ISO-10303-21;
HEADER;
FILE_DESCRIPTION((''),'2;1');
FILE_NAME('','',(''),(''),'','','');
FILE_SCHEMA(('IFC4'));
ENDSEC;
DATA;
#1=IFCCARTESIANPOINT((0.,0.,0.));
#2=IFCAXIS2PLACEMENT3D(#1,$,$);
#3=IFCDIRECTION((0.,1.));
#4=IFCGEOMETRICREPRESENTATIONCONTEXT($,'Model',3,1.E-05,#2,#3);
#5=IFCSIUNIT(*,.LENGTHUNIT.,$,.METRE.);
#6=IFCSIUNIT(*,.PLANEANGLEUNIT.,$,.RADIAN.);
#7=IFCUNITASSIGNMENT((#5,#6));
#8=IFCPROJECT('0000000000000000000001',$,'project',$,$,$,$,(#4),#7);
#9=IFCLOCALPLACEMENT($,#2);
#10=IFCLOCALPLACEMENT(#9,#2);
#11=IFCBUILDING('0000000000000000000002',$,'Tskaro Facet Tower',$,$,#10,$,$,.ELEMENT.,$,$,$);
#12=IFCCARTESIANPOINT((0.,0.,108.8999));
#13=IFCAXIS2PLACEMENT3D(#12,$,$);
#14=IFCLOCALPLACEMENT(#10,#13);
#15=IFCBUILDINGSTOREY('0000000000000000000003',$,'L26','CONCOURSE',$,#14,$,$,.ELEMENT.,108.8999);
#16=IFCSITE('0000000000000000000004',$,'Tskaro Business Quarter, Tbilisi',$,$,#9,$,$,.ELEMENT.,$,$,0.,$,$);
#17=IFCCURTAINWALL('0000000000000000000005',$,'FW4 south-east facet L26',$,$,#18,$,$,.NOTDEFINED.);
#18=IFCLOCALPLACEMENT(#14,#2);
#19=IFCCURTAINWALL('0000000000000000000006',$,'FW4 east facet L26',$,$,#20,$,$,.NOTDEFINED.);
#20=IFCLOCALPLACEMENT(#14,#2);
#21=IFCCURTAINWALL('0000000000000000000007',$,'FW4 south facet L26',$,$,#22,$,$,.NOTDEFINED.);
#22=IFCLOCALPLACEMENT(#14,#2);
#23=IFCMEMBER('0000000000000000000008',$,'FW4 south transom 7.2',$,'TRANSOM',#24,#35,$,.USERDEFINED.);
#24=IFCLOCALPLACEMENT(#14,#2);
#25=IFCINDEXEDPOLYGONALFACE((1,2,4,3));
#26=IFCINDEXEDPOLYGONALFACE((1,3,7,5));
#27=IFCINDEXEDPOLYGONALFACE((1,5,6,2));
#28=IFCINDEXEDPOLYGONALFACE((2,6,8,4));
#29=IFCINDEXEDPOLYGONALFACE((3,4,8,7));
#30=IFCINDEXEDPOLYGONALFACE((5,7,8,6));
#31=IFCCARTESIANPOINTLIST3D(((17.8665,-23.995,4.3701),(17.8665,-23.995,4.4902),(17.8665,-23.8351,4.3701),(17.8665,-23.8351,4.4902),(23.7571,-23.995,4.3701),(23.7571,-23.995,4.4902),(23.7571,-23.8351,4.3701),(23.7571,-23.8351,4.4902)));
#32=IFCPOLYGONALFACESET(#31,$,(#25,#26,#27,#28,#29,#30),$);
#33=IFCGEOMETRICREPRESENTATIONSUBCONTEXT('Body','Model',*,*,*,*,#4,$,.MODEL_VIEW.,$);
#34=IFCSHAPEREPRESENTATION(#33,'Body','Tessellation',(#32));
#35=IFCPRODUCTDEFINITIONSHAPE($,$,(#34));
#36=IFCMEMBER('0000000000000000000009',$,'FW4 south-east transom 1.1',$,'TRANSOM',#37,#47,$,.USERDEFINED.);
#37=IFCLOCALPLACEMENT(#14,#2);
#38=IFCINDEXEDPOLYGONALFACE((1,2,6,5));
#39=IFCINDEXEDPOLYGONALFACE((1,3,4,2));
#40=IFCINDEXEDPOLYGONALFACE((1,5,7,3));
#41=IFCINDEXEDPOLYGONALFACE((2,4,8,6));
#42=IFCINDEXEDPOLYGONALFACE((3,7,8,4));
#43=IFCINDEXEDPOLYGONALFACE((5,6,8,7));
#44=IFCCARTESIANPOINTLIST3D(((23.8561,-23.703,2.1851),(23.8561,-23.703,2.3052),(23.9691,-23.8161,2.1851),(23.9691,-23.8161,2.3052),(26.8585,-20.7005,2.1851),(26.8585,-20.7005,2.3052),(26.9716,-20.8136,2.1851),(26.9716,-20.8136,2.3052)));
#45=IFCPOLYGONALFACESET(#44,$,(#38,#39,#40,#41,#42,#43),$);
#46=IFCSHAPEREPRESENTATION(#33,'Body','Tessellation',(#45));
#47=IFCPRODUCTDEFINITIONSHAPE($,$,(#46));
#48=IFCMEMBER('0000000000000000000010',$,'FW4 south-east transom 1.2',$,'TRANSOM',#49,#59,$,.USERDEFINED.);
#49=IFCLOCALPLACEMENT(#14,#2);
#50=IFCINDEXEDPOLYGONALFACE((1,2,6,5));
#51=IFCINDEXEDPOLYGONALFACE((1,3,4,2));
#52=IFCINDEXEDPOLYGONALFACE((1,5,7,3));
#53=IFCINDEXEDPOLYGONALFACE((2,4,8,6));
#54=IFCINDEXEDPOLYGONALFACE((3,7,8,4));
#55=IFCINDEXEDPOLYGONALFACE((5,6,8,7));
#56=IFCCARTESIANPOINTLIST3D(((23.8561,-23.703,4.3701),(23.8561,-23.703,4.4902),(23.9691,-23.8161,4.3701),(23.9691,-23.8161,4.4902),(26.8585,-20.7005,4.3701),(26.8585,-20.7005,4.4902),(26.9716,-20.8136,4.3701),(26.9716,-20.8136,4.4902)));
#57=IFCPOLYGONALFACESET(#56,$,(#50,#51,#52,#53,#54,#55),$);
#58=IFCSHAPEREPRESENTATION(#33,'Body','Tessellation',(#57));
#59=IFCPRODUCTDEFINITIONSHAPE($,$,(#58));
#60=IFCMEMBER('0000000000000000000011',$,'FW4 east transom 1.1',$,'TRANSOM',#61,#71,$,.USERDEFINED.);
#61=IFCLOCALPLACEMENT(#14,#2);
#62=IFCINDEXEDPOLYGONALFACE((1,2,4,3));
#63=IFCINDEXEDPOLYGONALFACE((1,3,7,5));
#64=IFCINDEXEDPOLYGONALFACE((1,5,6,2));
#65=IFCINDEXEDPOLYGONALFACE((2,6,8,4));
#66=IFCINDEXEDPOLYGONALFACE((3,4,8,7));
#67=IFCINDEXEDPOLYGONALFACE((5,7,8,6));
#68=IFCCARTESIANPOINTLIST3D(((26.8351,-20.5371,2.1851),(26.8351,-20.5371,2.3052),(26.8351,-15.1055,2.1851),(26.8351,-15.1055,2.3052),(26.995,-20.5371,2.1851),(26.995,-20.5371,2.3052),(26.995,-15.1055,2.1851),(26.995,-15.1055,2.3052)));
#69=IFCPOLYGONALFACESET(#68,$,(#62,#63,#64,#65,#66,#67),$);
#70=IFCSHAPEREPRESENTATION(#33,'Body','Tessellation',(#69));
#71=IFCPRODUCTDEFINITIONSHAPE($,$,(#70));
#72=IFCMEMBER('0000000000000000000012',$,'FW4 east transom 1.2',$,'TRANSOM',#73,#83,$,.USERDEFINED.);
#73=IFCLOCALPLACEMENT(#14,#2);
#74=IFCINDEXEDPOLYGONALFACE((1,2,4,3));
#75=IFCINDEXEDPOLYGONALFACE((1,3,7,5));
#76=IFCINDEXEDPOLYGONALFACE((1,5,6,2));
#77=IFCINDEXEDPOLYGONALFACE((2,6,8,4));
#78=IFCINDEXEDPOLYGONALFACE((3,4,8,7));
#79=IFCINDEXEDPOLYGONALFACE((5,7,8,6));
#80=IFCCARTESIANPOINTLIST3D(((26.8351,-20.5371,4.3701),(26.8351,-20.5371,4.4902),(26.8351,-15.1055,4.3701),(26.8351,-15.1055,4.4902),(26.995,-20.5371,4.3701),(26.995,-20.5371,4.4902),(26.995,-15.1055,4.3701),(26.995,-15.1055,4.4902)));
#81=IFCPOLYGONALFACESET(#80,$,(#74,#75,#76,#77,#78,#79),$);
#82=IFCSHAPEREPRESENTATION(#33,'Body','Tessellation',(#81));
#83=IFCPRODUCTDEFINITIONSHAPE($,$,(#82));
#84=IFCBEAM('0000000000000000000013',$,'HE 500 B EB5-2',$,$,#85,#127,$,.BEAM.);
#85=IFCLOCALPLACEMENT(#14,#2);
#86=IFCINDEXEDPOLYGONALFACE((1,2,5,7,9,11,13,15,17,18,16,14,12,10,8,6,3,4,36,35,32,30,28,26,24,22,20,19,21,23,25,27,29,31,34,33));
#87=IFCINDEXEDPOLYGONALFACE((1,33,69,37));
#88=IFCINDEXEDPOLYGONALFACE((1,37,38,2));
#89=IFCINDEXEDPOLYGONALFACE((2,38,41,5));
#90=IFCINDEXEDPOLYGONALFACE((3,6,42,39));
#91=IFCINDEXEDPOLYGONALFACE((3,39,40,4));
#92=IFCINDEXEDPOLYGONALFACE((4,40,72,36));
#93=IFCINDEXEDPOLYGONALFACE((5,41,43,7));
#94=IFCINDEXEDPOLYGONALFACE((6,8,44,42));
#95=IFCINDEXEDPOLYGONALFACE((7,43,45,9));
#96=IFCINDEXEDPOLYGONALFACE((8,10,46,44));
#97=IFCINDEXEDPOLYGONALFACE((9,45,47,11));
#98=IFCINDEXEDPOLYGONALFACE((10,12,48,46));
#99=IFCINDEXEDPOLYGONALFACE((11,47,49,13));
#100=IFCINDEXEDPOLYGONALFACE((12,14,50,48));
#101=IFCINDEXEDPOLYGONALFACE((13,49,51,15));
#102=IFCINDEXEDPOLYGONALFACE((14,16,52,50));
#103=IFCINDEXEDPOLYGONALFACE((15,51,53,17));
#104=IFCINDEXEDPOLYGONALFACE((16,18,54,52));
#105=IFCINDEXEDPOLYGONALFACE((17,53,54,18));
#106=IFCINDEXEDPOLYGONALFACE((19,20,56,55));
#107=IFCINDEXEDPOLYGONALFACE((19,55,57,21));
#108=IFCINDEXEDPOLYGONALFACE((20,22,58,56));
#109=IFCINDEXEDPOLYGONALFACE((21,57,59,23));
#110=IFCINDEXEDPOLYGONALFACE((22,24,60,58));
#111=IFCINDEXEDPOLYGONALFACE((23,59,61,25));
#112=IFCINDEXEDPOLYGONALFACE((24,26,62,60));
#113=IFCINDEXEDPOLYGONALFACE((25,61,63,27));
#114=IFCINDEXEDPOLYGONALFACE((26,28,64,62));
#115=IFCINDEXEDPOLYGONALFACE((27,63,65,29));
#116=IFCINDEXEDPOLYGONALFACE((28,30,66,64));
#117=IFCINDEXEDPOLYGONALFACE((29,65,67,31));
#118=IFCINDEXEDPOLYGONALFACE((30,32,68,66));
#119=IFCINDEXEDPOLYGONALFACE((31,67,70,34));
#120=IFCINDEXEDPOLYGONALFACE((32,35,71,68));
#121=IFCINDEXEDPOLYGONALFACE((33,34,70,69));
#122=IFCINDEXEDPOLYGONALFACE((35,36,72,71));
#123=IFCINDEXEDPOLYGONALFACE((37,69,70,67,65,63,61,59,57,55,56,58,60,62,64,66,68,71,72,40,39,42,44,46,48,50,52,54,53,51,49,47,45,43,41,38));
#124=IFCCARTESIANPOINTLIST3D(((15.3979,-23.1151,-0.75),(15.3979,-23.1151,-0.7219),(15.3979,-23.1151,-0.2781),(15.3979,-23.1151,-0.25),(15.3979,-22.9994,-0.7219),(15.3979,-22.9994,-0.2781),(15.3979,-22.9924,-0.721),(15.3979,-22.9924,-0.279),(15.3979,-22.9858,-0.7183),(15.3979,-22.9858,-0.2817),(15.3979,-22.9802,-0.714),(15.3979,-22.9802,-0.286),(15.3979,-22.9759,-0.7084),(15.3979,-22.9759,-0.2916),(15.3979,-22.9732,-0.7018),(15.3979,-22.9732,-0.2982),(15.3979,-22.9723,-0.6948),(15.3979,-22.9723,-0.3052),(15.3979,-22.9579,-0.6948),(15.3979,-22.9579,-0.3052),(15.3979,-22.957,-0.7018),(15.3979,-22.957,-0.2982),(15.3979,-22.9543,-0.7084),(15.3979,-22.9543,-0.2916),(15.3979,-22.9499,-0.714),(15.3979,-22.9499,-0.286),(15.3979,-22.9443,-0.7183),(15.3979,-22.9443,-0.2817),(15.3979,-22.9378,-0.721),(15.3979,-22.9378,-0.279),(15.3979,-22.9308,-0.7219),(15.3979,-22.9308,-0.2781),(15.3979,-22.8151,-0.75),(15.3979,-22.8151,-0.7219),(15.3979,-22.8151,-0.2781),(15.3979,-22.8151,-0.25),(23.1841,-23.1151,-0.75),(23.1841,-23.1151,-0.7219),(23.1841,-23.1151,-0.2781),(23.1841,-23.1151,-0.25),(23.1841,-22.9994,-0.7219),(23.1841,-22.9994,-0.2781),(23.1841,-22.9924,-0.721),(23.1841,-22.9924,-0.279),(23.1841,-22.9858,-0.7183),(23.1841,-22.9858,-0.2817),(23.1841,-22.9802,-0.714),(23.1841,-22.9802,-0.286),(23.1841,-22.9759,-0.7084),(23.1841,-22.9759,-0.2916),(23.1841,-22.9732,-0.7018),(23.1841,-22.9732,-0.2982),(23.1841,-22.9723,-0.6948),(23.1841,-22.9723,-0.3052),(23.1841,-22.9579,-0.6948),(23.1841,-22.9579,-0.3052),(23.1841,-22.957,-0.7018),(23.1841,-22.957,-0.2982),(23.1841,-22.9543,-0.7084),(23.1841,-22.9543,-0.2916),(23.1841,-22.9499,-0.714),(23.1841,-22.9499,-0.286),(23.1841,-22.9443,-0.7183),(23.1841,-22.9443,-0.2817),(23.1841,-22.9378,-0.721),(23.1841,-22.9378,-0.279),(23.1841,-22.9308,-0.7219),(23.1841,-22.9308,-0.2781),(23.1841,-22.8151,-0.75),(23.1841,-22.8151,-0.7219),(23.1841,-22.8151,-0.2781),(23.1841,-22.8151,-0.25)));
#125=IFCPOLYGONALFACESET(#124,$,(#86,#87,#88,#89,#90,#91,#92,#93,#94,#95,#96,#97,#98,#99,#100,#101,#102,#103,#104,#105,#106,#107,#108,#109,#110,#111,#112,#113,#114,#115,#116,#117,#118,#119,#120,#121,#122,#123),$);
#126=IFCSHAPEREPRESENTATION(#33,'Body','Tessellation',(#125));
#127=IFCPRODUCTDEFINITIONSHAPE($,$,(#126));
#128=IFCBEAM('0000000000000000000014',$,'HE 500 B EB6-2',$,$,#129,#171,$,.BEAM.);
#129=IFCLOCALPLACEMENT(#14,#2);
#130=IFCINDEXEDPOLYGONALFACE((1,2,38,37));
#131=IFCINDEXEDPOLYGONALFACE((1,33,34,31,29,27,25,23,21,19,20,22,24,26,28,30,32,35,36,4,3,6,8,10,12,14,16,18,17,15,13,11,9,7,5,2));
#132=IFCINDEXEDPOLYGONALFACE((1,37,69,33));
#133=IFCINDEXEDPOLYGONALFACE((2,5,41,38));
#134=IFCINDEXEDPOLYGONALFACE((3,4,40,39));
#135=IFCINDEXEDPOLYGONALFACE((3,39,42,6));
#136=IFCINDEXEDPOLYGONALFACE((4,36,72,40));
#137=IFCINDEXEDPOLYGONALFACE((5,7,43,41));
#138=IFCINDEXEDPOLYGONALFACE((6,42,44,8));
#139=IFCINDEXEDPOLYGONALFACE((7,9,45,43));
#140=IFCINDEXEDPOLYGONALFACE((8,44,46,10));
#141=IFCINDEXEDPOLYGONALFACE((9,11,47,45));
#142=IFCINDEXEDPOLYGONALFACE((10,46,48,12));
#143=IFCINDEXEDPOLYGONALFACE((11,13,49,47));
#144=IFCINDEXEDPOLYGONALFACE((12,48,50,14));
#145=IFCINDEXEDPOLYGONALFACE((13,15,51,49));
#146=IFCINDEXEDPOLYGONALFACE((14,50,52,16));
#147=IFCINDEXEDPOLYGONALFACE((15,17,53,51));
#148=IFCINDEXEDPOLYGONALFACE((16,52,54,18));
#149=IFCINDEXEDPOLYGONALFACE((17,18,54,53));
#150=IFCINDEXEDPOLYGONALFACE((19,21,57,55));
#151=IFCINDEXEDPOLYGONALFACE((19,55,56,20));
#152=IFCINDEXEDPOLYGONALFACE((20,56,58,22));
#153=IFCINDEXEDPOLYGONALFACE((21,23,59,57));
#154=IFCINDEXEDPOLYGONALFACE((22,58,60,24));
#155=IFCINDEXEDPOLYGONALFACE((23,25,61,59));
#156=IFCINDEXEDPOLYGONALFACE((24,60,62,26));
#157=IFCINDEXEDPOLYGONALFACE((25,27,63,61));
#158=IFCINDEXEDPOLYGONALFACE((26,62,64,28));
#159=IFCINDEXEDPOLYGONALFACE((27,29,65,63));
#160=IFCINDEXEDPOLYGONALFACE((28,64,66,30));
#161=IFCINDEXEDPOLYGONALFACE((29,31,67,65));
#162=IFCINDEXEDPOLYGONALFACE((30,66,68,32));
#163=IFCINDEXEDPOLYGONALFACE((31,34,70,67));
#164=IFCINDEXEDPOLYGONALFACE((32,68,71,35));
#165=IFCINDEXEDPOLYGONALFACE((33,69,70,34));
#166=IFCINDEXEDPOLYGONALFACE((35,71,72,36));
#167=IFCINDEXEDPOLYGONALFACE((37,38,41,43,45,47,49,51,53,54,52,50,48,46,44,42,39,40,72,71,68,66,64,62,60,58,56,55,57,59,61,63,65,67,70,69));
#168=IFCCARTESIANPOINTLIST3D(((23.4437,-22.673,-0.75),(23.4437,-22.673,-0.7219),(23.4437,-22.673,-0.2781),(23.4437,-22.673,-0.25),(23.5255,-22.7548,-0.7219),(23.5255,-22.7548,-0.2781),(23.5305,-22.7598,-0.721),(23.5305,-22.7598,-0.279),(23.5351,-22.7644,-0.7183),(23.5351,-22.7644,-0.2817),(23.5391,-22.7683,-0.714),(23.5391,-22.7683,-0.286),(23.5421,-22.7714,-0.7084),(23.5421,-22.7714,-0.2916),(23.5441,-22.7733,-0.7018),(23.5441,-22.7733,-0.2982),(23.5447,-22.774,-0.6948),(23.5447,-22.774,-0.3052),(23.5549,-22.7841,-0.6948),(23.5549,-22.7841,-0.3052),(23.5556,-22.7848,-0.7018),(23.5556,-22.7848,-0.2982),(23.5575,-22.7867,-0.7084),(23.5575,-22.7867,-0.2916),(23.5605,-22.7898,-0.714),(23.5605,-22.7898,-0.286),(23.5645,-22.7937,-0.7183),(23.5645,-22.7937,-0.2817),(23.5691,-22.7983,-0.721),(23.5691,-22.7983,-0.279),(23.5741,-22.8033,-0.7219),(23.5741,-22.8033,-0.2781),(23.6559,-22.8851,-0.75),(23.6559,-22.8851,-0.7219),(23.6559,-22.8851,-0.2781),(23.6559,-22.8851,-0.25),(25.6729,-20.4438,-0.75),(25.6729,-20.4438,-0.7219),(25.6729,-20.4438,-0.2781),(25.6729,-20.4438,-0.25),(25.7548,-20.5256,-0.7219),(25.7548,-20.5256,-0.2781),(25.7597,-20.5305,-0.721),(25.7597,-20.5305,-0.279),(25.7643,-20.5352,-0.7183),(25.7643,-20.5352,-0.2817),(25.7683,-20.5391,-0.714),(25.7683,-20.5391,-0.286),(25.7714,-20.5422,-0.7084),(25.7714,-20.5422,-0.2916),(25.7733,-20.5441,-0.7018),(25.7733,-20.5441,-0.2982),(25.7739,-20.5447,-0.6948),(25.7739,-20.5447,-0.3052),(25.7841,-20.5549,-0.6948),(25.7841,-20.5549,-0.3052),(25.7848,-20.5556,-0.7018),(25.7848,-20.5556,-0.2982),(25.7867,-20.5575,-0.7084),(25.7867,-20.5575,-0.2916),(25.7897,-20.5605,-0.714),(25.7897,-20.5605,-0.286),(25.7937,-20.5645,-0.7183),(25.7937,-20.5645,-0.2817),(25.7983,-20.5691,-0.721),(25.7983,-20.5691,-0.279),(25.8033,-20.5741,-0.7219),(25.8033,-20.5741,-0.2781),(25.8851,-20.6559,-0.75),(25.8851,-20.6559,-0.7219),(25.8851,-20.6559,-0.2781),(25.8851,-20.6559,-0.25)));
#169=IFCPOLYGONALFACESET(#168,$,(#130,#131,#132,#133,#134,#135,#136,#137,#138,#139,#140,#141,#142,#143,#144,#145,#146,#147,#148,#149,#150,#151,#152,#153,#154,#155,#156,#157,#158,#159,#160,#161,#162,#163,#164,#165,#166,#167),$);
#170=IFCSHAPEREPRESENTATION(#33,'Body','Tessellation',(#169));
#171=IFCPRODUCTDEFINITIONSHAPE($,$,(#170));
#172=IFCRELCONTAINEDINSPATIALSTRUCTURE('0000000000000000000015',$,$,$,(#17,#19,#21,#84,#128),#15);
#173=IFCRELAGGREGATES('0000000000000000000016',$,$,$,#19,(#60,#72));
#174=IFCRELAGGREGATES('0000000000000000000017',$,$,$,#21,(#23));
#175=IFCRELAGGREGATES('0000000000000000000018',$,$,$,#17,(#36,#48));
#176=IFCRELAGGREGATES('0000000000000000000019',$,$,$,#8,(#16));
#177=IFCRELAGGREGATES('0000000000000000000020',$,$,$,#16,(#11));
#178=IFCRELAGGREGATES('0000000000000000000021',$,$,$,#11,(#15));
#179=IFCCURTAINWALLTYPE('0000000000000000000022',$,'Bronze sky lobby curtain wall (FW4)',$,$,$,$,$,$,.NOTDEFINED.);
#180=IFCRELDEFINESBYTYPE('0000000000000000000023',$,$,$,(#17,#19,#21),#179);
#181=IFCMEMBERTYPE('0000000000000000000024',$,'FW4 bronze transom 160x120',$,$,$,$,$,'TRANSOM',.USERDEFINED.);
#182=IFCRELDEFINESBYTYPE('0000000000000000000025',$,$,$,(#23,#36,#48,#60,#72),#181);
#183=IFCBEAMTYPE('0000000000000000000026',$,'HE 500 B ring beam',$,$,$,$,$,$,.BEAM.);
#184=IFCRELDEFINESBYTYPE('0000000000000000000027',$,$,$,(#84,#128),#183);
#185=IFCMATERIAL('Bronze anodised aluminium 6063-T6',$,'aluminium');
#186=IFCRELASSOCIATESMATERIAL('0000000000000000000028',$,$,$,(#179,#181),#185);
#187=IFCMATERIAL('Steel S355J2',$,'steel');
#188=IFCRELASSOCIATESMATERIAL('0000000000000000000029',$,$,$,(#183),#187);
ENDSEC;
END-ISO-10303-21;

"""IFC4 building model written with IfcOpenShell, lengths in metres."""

from ifc_helpers import new_model, si_unit, direction, frame, origin, origin_2d, place, context, subcontext, project, spatial, rectangle, i_section, extrude, material, material_profile, profile_set, type_object, element, aggregate, save


model = new_model("IFC4")

# Units and contexts
model_context = context("Model", 3, precision=1e-05, world=origin(), true_north=direction((0.0, 1.0)))
body_context = subcontext(model_context, "Body", "Model", "MODEL_VIEW")
ifc_project = project(units=[si_unit("LENGTHUNIT", "METRE"), si_unit("PLANEANGLEUNIT", "RADIAN")], contexts=[model_context])

# Site, building, storey
site_placement = place(None, origin())
site = spatial("IfcSite", under=ifc_project, at=site_placement, Name="Tskaro Business Quarter, Tbilisi", CompositionType="ELEMENT", RefElevation=0.0)
building_placement = place(site_placement, origin())
building = spatial("IfcBuilding", under=site, at=building_placement, Name="Tskaro Facet Tower", CompositionType="ELEMENT")
storey_placement = place(building_placement, frame((0.0, 0.0, 108.8999)))
storey = spatial("IfcBuildingStorey", under=building, at=storey_placement, Name="L26", Description="CONCOURSE", CompositionType="ELEMENT", Elevation=108.8999)

# Curtain walls
ifc_material_1 = material(Name="Bronze anodised aluminium 6063-T6", Category="aluminium")
curtain_wall_type = type_object("IfcCurtainWallType", Name="Bronze sky lobby curtain wall (FW4)", PredefinedType="NOTDEFINED", material=ifc_material_1)
curtain_wall_1_placement = place(storey_placement, origin())
curtain_wall_1 = element("IfcCurtainWall", 1, at=curtain_wall_1_placement, inside=storey, type_object=curtain_wall_type, Name="FW4 south-east facet L26", PredefinedType="NOTDEFINED")
curtain_wall_2_placement = place(storey_placement, origin())
curtain_wall_2 = element("IfcCurtainWall", 2, at=curtain_wall_2_placement, inside=storey, type_object=curtain_wall_type, Name="FW4 east facet L26", PredefinedType="NOTDEFINED")

# Curtain wall, member
curtain_wall_3_placement = place(storey_placement, origin())
curtain_wall_3 = element("IfcCurtainWall", 3, at=curtain_wall_3_placement, inside=storey, type_object=curtain_wall_type, Name="FW4 south facet L26", PredefinedType="NOTDEFINED")
ifc_material_profile_1 = material_profile(ifc_material_1, rectangle(XDim=0.1599, YDim=0.1201, at=origin_2d()), Name="Transom 160x120")
ifc_profile_set_1 = profile_set([ifc_material_profile_1], Name="Bronze anodised aluminium 6063-T6")
member_type_1 = type_object("IfcMemberType", Name="FW4 bronze transom 160x120", ElementType="TRANSOM", PredefinedType="USERDEFINED", material=ifc_profile_set_1)
member_1_placement = place(storey_placement, frame((17.8665, -23.915, 4.4302), z_axis=(1.0, 0.0, 0.0), x_axis=(0.0, 1.0, 0.0)))
member_1 = element("IfcMember", 4, at=member_1_placement, type_object=member_type_1, Name="FW4 south transom 7.2", ObjectType="TRANSOM", PredefinedType="USERDEFINED", context=body_context, shape_type="SweptSolid", body=[
    extrude(rectangle(XDim=0.1599, YDim=0.1201, at=origin_2d()), origin(), (0.0, 0.0, 1.0), 5.8906),
])

# Members
member_2_placement = place(storey_placement, frame((23.9126, -23.7595, 2.2451), z_axis=(0.707107, 0.707107, 0.0), x_axis=(-0.707107, 0.707107, 0.0)))
member_2 = element("IfcMember", 5, at=member_2_placement, type_object=member_type_1, Name="FW4 south-east transom 1.1", ObjectType="TRANSOM", PredefinedType="USERDEFINED", context=body_context, shape_type="SweptSolid", body=[
    extrude(rectangle(XDim=0.1599, YDim=0.1201, at=origin_2d()), origin(), (0.0, 0.0, 1.0), 4.2461),
])
member_3_placement = place(storey_placement, frame((23.9126, -23.7595, 4.4302), z_axis=(0.707107, 0.707107, 0.0), x_axis=(-0.707107, 0.707107, 0.0)))
member_3 = element("IfcMember", 6, at=member_3_placement, type_object=member_type_1, Name="FW4 south-east transom 1.2", ObjectType="TRANSOM", PredefinedType="USERDEFINED", context=body_context, shape_type="SweptSolid", body=[
    extrude(rectangle(XDim=0.1599, YDim=0.1201, at=origin_2d()), origin(), (0.0, 0.0, 1.0), 4.2461),
])
member_4_placement = place(storey_placement, frame((26.915, -20.5371, 2.2451), z_axis=(0.0, 1.0, 0.0), x_axis=(-1.0, 0.0, 0.0)))
member_4 = element("IfcMember", 7, at=member_4_placement, type_object=member_type_1, Name="FW4 east transom 1.1", ObjectType="TRANSOM", PredefinedType="USERDEFINED", context=body_context, shape_type="SweptSolid", body=[
    extrude(rectangle(XDim=0.1599, YDim=0.1201, at=origin_2d()), origin(), (0.0, 0.0, 1.0), 5.4316),
])
member_5_placement = place(storey_placement, frame((26.915, -20.5371, 4.4302), z_axis=(0.0, 1.0, 0.0), x_axis=(-1.0, 0.0, 0.0)))
member_5 = element("IfcMember", 8, at=member_5_placement, type_object=member_type_1, Name="FW4 east transom 1.2", ObjectType="TRANSOM", PredefinedType="USERDEFINED", context=body_context, shape_type="SweptSolid", body=[
    extrude(rectangle(XDim=0.1599, YDim=0.1201, at=origin_2d()), origin(), (0.0, 0.0, 1.0), 5.4316),
])
aggregate(curtain_wall_2, [member_4, member_5])

# Beams
ifc_material_2 = material(Name="Steel S355J2", Category="steel")
ifc_material_profile_2 = material_profile(ifc_material_2, i_section(OverallWidth=0.3, OverallDepth=0.5, WebThickness=0.0144, FlangeThickness=0.0281, FilletRadius=0.0271, at=origin_2d()), Name="HE 500 B")
ifc_profile_set_2 = profile_set([ifc_material_profile_2], Name="Steel S355J2")
beam_type_1 = type_object("IfcBeamType", Name="HE 500 B ring beam", PredefinedType="BEAM", material=ifc_profile_set_2)
beam_1_placement = place(storey_placement, frame((15.3979, -22.9651, -0.5), z_axis=(1.0, 0.0, 0.0), x_axis=(0.0, 1.0, 0.0)))
element("IfcBeam", 9, at=beam_1_placement, inside=storey, type_object=beam_type_1, Name="HE 500 B EB5-2", PredefinedType="BEAM", context=body_context, shape_type="SweptSolid", body=[
    extrude(i_section(OverallWidth=0.3, OverallDepth=0.5, WebThickness=0.0144, FlangeThickness=0.0281, FilletRadius=0.0271, at=origin_2d()), origin(), (0.0, 0.0, 1.0), 7.7861),
])
beam_2_placement = place(storey_placement, frame((23.5498, -22.7791, -0.5), z_axis=(0.707107, 0.707107, 0.0), x_axis=(-0.707107, 0.707107, 0.0)))
element("IfcBeam", 10, at=beam_2_placement, inside=storey, type_object=beam_type_1, Name="HE 500 B EB6-2", PredefinedType="BEAM", context=body_context, shape_type="SweptSolid", body=[
    extrude(i_section(OverallWidth=0.3, OverallDepth=0.5, WebThickness=0.0144, FlangeThickness=0.0281, FilletRadius=0.0271, at=origin_2d()), origin(), (0.0, 0.0, 1.0), 3.1526),
])

aggregate(curtain_wall_3, [member_1])
aggregate(curtain_wall_1, [member_2, member_3])

save(model, "model.ifc")
